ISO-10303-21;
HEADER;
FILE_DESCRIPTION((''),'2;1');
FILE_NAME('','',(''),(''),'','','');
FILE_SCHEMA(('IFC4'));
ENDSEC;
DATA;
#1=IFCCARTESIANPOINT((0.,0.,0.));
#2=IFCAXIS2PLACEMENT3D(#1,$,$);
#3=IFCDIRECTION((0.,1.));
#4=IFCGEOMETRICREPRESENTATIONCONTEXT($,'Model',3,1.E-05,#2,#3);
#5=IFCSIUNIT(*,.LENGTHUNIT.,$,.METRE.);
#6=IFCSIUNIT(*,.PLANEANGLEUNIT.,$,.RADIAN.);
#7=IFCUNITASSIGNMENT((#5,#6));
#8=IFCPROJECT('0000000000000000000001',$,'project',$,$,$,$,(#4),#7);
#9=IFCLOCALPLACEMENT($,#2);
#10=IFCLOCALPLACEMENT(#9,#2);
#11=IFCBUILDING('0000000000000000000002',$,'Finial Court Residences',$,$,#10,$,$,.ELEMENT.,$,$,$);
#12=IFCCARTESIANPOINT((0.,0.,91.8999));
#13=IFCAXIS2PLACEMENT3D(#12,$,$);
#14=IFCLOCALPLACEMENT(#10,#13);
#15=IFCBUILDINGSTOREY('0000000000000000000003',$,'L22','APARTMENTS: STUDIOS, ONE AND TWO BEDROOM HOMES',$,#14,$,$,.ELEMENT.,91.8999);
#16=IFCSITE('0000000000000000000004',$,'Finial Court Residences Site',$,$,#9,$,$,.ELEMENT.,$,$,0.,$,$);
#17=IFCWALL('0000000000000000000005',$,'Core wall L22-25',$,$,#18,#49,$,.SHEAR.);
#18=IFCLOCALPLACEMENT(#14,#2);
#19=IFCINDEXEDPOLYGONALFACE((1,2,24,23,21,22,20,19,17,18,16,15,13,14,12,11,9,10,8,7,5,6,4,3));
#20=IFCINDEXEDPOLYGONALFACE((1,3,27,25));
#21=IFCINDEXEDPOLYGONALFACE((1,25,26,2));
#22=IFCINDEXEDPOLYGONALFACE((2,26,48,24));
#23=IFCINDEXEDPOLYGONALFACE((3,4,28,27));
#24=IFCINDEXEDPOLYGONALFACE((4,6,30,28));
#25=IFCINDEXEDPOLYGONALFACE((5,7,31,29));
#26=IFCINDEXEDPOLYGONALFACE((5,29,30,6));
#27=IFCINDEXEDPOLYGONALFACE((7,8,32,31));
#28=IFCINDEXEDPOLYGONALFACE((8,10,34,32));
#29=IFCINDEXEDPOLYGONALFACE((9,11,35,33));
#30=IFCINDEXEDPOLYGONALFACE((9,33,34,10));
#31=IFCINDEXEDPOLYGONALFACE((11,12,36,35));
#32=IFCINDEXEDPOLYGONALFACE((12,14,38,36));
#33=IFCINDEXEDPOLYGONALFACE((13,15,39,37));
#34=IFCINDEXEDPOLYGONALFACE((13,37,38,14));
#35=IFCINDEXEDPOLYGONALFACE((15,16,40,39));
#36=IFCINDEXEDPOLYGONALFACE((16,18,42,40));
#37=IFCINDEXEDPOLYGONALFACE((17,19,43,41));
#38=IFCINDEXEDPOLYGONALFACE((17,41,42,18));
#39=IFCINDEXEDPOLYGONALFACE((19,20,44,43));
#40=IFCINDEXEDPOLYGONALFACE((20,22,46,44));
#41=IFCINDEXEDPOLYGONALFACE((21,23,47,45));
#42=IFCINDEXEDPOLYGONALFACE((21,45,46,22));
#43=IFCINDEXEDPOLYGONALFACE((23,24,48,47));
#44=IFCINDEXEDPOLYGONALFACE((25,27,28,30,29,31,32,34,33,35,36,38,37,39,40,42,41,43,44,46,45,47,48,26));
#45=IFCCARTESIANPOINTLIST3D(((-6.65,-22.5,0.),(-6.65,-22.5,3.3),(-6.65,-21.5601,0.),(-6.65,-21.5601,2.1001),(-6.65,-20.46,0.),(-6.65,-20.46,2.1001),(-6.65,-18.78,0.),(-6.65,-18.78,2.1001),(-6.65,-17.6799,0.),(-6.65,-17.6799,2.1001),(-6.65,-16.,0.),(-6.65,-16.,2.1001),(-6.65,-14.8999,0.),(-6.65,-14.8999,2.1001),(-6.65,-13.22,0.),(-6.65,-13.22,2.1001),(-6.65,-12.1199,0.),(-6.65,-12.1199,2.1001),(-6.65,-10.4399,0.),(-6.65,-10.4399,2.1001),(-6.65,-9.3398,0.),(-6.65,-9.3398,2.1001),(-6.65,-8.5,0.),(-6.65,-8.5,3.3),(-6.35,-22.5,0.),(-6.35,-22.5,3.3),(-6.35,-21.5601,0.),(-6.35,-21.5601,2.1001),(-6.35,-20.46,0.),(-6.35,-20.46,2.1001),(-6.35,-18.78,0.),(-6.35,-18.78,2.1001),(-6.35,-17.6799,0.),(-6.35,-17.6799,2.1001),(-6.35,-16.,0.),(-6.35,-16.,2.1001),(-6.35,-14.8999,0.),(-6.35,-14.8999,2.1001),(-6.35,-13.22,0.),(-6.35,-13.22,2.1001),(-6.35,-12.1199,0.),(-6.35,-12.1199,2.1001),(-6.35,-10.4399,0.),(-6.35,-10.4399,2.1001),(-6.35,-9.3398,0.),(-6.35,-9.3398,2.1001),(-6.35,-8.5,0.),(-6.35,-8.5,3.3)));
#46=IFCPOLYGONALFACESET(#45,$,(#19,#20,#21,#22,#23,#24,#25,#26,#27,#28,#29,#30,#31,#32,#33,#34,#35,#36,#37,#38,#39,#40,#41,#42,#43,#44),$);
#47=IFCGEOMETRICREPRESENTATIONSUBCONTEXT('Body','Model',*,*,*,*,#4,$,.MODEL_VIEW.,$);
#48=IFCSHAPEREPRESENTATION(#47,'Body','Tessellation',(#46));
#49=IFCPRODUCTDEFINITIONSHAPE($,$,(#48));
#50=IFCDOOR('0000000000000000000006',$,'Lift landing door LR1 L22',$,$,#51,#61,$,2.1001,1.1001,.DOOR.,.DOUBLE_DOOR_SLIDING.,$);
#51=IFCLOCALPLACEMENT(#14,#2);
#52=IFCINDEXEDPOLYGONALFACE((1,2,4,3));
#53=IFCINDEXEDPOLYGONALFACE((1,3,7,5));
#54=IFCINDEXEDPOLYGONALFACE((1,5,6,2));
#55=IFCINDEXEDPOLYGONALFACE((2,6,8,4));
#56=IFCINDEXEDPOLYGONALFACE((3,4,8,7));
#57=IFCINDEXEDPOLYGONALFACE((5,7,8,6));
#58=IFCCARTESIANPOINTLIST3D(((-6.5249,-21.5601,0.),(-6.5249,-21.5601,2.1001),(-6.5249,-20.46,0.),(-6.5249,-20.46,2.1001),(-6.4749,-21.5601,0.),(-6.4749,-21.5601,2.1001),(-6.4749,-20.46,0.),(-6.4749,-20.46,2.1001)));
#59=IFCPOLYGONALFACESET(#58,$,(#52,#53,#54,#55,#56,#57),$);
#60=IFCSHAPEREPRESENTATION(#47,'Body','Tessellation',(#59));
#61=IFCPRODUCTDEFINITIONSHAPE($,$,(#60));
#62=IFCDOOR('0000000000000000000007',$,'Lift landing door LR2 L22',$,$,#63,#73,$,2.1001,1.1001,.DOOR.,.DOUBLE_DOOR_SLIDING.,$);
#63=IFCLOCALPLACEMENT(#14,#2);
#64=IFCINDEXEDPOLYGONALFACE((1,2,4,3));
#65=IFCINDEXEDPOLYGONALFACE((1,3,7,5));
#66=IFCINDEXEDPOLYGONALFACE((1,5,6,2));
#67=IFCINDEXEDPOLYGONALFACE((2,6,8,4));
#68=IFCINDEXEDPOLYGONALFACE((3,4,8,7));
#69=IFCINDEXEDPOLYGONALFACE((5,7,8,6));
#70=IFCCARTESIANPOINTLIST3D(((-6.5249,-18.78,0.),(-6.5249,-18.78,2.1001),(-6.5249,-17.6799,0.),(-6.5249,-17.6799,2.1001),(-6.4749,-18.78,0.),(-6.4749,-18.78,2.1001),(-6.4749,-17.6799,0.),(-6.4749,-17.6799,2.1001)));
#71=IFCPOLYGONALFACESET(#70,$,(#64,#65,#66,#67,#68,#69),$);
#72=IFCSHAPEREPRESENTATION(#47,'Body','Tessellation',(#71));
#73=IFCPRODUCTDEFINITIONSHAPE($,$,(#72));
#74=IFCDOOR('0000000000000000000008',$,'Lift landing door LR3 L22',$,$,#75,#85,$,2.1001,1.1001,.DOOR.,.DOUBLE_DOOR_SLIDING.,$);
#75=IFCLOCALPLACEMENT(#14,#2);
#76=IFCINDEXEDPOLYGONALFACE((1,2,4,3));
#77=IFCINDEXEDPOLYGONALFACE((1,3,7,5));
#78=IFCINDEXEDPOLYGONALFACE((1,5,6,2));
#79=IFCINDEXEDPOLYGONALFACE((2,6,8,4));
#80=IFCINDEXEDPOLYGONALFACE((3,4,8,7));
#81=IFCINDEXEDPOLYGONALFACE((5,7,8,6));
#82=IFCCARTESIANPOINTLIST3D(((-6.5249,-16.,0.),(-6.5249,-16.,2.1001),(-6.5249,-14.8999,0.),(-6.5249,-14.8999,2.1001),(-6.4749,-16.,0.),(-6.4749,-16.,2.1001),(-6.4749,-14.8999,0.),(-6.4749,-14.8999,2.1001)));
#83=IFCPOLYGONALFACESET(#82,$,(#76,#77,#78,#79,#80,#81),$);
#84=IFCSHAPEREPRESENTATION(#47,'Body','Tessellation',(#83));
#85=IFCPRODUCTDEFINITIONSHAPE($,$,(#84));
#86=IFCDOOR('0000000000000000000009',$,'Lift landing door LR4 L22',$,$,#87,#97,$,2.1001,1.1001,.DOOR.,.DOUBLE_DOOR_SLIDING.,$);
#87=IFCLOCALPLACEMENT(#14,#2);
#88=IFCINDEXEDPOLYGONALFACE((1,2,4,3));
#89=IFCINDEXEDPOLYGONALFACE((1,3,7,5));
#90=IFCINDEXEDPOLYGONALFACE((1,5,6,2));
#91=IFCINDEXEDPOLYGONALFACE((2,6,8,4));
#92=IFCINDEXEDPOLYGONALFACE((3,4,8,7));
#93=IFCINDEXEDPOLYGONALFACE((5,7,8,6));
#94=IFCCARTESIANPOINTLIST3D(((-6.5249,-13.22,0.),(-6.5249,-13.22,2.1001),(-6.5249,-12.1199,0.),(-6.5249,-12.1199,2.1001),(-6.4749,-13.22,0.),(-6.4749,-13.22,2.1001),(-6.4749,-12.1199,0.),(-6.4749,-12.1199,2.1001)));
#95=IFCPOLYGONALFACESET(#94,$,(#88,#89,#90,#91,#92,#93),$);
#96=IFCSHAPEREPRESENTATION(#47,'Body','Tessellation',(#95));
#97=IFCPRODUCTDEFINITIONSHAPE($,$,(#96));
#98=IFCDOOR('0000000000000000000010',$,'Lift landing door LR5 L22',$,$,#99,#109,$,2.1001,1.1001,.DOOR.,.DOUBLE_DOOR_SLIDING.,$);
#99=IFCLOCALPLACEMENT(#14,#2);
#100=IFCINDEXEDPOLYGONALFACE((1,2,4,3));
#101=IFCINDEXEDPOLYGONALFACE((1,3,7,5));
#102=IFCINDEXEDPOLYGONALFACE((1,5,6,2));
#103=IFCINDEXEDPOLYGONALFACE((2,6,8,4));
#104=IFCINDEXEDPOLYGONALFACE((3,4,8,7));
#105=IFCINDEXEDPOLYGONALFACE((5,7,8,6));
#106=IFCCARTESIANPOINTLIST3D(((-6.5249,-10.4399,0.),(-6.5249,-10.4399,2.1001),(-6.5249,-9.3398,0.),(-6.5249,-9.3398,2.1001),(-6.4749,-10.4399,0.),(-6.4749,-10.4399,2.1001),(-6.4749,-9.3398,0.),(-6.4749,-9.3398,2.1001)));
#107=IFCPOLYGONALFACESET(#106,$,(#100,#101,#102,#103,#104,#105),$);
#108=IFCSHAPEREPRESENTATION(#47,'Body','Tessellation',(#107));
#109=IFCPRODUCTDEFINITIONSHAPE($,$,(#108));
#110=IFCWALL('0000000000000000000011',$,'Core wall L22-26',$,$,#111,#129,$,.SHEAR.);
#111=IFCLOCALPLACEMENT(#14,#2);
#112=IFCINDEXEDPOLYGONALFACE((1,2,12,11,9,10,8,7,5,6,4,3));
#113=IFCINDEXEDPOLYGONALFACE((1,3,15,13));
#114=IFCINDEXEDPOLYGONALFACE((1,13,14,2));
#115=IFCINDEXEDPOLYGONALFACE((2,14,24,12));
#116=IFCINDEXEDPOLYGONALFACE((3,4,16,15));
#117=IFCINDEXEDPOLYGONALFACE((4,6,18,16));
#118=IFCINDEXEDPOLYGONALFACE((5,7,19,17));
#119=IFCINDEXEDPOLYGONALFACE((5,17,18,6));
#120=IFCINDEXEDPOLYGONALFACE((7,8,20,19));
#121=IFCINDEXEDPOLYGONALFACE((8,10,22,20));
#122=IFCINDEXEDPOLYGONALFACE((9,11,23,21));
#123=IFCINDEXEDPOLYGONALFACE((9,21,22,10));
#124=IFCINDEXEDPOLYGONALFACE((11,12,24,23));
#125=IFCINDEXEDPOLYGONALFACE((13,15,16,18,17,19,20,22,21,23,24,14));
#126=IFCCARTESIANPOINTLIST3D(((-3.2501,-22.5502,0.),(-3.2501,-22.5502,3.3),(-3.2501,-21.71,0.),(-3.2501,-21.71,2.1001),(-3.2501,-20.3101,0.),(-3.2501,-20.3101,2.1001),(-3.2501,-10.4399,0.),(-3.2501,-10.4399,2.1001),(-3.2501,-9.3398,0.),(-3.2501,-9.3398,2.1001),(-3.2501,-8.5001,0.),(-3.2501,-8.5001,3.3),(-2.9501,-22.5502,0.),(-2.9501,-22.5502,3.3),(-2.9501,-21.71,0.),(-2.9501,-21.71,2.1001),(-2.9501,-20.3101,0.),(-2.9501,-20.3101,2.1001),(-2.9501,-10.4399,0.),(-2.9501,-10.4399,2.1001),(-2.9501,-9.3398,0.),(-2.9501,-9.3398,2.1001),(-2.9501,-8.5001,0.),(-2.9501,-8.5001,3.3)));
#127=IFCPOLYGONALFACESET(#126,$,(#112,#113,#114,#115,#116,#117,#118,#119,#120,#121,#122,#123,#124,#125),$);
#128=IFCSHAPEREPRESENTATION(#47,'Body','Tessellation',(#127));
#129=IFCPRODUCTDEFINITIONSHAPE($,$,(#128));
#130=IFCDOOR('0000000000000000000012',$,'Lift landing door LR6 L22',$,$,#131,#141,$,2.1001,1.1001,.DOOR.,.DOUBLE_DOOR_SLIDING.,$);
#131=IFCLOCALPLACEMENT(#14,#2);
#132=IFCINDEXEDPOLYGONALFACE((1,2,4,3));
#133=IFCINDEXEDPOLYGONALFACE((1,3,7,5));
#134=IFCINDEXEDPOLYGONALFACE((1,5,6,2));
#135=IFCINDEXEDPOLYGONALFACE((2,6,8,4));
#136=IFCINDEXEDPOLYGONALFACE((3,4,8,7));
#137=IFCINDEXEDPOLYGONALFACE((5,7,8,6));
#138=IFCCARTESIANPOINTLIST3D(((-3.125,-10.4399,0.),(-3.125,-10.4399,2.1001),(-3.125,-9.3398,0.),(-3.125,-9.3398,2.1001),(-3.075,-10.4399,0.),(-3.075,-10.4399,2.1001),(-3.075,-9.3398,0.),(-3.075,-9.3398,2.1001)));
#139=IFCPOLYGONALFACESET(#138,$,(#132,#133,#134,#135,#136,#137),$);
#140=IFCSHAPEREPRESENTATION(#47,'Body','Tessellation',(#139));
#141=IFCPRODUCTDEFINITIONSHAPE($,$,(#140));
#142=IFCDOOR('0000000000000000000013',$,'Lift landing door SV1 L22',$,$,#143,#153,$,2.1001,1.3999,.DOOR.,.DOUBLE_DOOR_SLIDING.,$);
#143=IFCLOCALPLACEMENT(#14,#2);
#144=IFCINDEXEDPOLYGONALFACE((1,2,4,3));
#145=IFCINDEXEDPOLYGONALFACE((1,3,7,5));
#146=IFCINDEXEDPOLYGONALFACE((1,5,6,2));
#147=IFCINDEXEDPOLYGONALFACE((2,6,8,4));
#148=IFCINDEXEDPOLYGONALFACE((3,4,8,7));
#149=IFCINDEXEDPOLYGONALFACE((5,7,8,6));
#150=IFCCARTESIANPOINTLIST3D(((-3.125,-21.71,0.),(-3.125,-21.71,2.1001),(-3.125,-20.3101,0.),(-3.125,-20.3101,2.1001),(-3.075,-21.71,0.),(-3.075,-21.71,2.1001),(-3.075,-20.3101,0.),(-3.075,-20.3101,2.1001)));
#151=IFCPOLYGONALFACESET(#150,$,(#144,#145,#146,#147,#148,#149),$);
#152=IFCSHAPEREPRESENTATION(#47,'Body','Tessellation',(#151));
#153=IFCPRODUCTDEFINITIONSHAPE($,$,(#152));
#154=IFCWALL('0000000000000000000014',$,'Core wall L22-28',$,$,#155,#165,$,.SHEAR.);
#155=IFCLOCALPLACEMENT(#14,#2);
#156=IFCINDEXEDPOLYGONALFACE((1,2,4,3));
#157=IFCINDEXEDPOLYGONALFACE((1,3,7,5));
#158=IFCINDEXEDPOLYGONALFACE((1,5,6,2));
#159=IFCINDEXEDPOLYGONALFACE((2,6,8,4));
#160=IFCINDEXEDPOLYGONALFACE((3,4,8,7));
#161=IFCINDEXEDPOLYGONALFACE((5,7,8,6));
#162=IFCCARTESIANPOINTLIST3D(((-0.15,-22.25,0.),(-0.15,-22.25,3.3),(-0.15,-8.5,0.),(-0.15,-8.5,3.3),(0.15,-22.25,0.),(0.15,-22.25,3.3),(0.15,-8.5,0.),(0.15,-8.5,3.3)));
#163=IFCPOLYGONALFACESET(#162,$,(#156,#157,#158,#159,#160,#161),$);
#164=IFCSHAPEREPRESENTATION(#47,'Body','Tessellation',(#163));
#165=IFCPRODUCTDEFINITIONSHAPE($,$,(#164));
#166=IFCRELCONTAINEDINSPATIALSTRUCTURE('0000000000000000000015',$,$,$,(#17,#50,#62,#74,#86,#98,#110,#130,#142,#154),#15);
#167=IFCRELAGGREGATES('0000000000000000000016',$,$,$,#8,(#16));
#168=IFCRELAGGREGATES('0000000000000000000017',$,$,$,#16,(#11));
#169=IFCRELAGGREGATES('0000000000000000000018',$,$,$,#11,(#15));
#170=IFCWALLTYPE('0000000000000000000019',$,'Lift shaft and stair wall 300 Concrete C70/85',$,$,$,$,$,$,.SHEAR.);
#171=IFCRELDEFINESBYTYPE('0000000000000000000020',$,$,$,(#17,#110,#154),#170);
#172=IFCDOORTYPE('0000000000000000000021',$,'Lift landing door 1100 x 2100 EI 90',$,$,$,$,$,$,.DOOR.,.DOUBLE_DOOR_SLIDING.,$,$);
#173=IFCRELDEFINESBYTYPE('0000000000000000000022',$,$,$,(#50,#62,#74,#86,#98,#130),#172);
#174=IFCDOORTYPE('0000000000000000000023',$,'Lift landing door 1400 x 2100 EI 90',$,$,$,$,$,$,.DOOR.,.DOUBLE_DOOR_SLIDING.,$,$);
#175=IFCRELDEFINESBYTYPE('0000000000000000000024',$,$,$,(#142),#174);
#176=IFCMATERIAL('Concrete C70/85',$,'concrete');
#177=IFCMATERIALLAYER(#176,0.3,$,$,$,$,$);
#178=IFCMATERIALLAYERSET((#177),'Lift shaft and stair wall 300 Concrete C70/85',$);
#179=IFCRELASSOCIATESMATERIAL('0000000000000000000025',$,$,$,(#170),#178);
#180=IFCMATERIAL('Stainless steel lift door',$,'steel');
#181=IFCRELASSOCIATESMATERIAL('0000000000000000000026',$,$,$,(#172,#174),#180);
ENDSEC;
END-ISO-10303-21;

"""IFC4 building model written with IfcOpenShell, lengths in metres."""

from ifc_helpers import new_model, si_unit, direction, frame, frame_2d, origin, place, context, subcontext, project, spatial, rectangle, extrude, material, layer, layer_set, type_object, element, fill, save


model = new_model("IFC4")

# Units and contexts
model_context = context("Model", 3, precision=1e-05, world=origin(), true_north=direction((0.0, 1.0)))
body_context = subcontext(model_context, "Body", "Model", "MODEL_VIEW")
ifc_project = project(units=[si_unit("LENGTHUNIT", "METRE"), si_unit("PLANEANGLEUNIT", "RADIAN")], contexts=[model_context])

# Site, building, storey
site_placement = place(None, origin())
site = spatial("IfcSite", under=ifc_project, at=site_placement, Name="Finial Court Residences Site", CompositionType="ELEMENT", RefElevation=0.0)
building_placement = place(site_placement, origin())
building = spatial("IfcBuilding", under=site, at=building_placement, Name="Finial Court Residences", CompositionType="ELEMENT")
storey_placement = place(building_placement, frame((0.0, 0.0, 91.8999)))
storey = spatial("IfcBuildingStorey", under=building, at=storey_placement, Name="L22", Description="APARTMENTS: STUDIOS, ONE AND TWO BEDROOM HOMES", CompositionType="ELEMENT", Elevation=91.8999)

# Shared definitions
ifc_material_1 = material(Name="Concrete C70/85", Category="concrete")
ifc_layer_1 = layer(ifc_material_1, 0.3)
ifc_layer_set_1 = layer_set([ifc_layer_1], Name="Lift shaft and stair wall 300 Concrete C70/85")
wall_type_1 = type_object("IfcWallType", Name="Lift shaft and stair wall 300 Concrete C70/85", PredefinedType="SHEAR", material=ifc_layer_set_1)

# Walls, openings, doors
wall_1_placement = place(storey_placement, frame((-6.5, -22.5, 0.0), z_axis=(0.0, 0.0, 1.0), x_axis=(0.0, 1.0, 0.0)))
wall_1 = element("IfcWall", 1, at=wall_1_placement, inside=storey, type_object=wall_type_1, Name="Core wall L22-25", PredefinedType="SHEAR", context=body_context, shape_type="SweptSolid", body=[
    extrude(rectangle(XDim=14.0, YDim=0.3, at=frame_2d((7.0, 0.0))), origin(), (0.0, 0.0, 1.0), 3.3),
])
opening_1_placement = place(wall_1_placement, frame((0.9399, 0.0, 0.0)))
opening_1 = element("IfcOpeningElement", 2, at=opening_1_placement, cuts=wall_1, PredefinedType="OPENING", context=body_context, shape_type="SweptSolid", body=[
    extrude(rectangle(XDim=1.1001, YDim=2.1001, at=frame_2d((0.55, 1.05))), frame((0.0, 0.1599, 0.0), z_axis=(0.0, -1.0, 0.0), x_axis=(1.0, 0.0, 0.0)), (0.0, 0.0, 1.0), 0.3201),
])
opening_2_placement = place(wall_1_placement, frame((3.72, 0.0, 0.0)))
opening_2 = element("IfcOpeningElement", 3, at=opening_2_placement, cuts=wall_1, PredefinedType="OPENING", context=body_context, shape_type="SweptSolid", body=[
    extrude(rectangle(XDim=1.1001, YDim=2.1001, at=frame_2d((0.55, 1.05))), frame((0.0, 0.1599, 0.0), z_axis=(0.0, -1.0, 0.0), x_axis=(1.0, 0.0, 0.0)), (0.0, 0.0, 1.0), 0.3201),
])
opening_3_placement = place(wall_1_placement, frame((6.5, 0.0, 0.0)))
opening_3 = element("IfcOpeningElement", 4, at=opening_3_placement, cuts=wall_1, PredefinedType="OPENING", context=body_context, shape_type="SweptSolid", body=[
    extrude(rectangle(XDim=1.1001, YDim=2.1001, at=frame_2d((0.55, 1.05))), frame((0.0, 0.1599, 0.0), z_axis=(0.0, -1.0, 0.0), x_axis=(1.0, 0.0, 0.0)), (0.0, 0.0, 1.0), 0.3201),
])
opening_4_placement = place(wall_1_placement, frame((9.28, 0.0, 0.0)))
opening_4 = element("IfcOpeningElement", 5, at=opening_4_placement, cuts=wall_1, PredefinedType="OPENING", context=body_context, shape_type="SweptSolid", body=[
    extrude(rectangle(XDim=1.1001, YDim=2.1001, at=frame_2d((0.55, 1.05))), frame((0.0, 0.1599, 0.0), z_axis=(0.0, -1.0, 0.0), x_axis=(1.0, 0.0, 0.0)), (0.0, 0.0, 1.0), 0.3201),
])
opening_5_placement = place(wall_1_placement, frame((12.0601, 0.0, 0.0)))
opening_5 = element("IfcOpeningElement", 6, at=opening_5_placement, cuts=wall_1, PredefinedType="OPENING", context=body_context, shape_type="SweptSolid", body=[
    extrude(rectangle(XDim=1.1001, YDim=2.1001, at=frame_2d((0.55, 1.05))), frame((0.0, 0.1599, 0.0), z_axis=(0.0, -1.0, 0.0), x_axis=(1.0, 0.0, 0.0)), (0.0, 0.0, 1.0), 0.3201),
])
ifc_material_2 = material(Name="Stainless steel lift door", Category="steel")
door_type_1 = type_object("IfcDoorType", Name="Lift landing door 1100 x 2100 EI 90", OperationType="DOUBLE_DOOR_SLIDING", PredefinedType="DOOR", material=ifc_material_2)
door_1_placement = place(opening_1_placement, origin())
door_1 = element("IfcDoor", 7, at=door_1_placement, inside=storey, type_object=door_type_1, Name="Lift landing door LR1 L22", OperationType="DOUBLE_DOOR_SLIDING", OverallHeight=2.1001, OverallWidth=1.1001, PredefinedType="DOOR", context=body_context, shape_type="SweptSolid", body=[
    extrude(rectangle(XDim=1.1001, YDim=2.1001, at=frame_2d((0.55, 1.05))), frame((0.0, 0.0249, 0.0), z_axis=(0.0, -1.0, 0.0), x_axis=(1.0, 0.0, 0.0)), (0.0, 0.0, 1.0), 0.05),
])
fill(opening_1, door_1)
door_2_placement = place(opening_2_placement, origin())
door_2 = element("IfcDoor", 8, at=door_2_placement, inside=storey, type_object=door_type_1, Name="Lift landing door LR2 L22", OperationType="DOUBLE_DOOR_SLIDING", OverallHeight=2.1001, OverallWidth=1.1001, PredefinedType="DOOR", context=body_context, shape_type="SweptSolid", body=[
    extrude(rectangle(XDim=1.1001, YDim=2.1001, at=frame_2d((0.55, 1.05))), frame((0.0, 0.0249, 0.0), z_axis=(0.0, -1.0, 0.0), x_axis=(1.0, 0.0, 0.0)), (0.0, 0.0, 1.0), 0.05),
])
fill(opening_2, door_2)
door_3_placement = place(opening_3_placement, origin())
door_3 = element("IfcDoor", 9, at=door_3_placement, inside=storey, type_object=door_type_1, Name="Lift landing door LR3 L22", OperationType="DOUBLE_DOOR_SLIDING", OverallHeight=2.1001, OverallWidth=1.1001, PredefinedType="DOOR", context=body_context, shape_type="SweptSolid", body=[
    extrude(rectangle(XDim=1.1001, YDim=2.1001, at=frame_2d((0.55, 1.05))), frame((0.0, 0.0249, 0.0), z_axis=(0.0, -1.0, 0.0), x_axis=(1.0, 0.0, 0.0)), (0.0, 0.0, 1.0), 0.05),
])
fill(opening_3, door_3)
door_4_placement = place(opening_4_placement, origin())
door_4 = element("IfcDoor", 10, at=door_4_placement, inside=storey, type_object=door_type_1, Name="Lift landing door LR4 L22", OperationType="DOUBLE_DOOR_SLIDING", OverallHeight=2.1001, OverallWidth=1.1001, PredefinedType="DOOR", context=body_context, shape_type="SweptSolid", body=[
    extrude(rectangle(XDim=1.1001, YDim=2.1001, at=frame_2d((0.55, 1.05))), frame((0.0, 0.0249, 0.0), z_axis=(0.0, -1.0, 0.0), x_axis=(1.0, 0.0, 0.0)), (0.0, 0.0, 1.0), 0.05),
])
fill(opening_4, door_4)
door_5_placement = place(opening_5_placement, origin())
door_5 = element("IfcDoor", 11, at=door_5_placement, inside=storey, type_object=door_type_1, Name="Lift landing door LR5 L22", OperationType="DOUBLE_DOOR_SLIDING", OverallHeight=2.1001, OverallWidth=1.1001, PredefinedType="DOOR", context=body_context, shape_type="SweptSolid", body=[
    extrude(rectangle(XDim=1.1001, YDim=2.1001, at=frame_2d((0.55, 1.05))), frame((0.0, 0.0249, 0.0), z_axis=(0.0, -1.0, 0.0), x_axis=(1.0, 0.0, 0.0)), (0.0, 0.0, 1.0), 0.05),
])
fill(opening_5, door_5)
wall_2_placement = place(storey_placement, frame((-3.1001, -22.55, 0.0), z_axis=(0.0, 0.0, 1.0), x_axis=(0.0, 1.0, 0.0)))
wall_2 = element("IfcWall", 12, at=wall_2_placement, inside=storey, type_object=wall_type_1, Name="Core wall L22-26", PredefinedType="SHEAR", context=body_context, shape_type="SweptSolid", body=[
    extrude(rectangle(XDim=14.05, YDim=0.3, at=frame_2d((7.0249, 0.0))), origin(), (0.0, 0.0, 1.0), 3.3),
])
opening_6_placement = place(wall_2_placement, frame((12.1101, 0.0, 0.0)))
opening_6 = element("IfcOpeningElement", 13, at=opening_6_placement, cuts=wall_2, PredefinedType="OPENING", context=body_context, shape_type="SweptSolid", body=[
    extrude(rectangle(XDim=1.1001, YDim=2.1001, at=frame_2d((0.55, 1.05))), frame((0.0, 0.1599, 0.0), z_axis=(0.0, -1.0, 0.0), x_axis=(1.0, 0.0, 0.0)), (0.0, 0.0, 1.0), 0.3201),
])
opening_7_placement = place(wall_2_placement, frame((0.8401, 0.0, 0.0)))
opening_7 = element("IfcOpeningElement", 14, at=opening_7_placement, cuts=wall_2, PredefinedType="OPENING", context=body_context, shape_type="SweptSolid", body=[
    extrude(rectangle(XDim=1.3999, YDim=2.1001, at=frame_2d((0.7, 1.05))), frame((0.0, 0.1599, 0.0), z_axis=(0.0, -1.0, 0.0), x_axis=(1.0, 0.0, 0.0)), (0.0, 0.0, 1.0), 0.3201),
])
door_6_placement = place(opening_6_placement, origin())
door_6 = element("IfcDoor", 15, at=door_6_placement, inside=storey, type_object=door_type_1, Name="Lift landing door LR6 L22", OperationType="DOUBLE_DOOR_SLIDING", OverallHeight=2.1001, OverallWidth=1.1001, PredefinedType="DOOR", context=body_context, shape_type="SweptSolid", body=[
    extrude(rectangle(XDim=1.1001, YDim=2.1001, at=frame_2d((0.55, 1.05))), frame((0.0, 0.0249, 0.0), z_axis=(0.0, -1.0, 0.0), x_axis=(1.0, 0.0, 0.0)), (0.0, 0.0, 1.0), 0.05),
])
fill(opening_6, door_6)
door_type_2 = type_object("IfcDoorType", Name="Lift landing door 1400 x 2100 EI 90", OperationType="DOUBLE_DOOR_SLIDING", PredefinedType="DOOR", material=ifc_material_2)
door_7_placement = place(opening_7_placement, origin())
door_7 = element("IfcDoor", 16, at=door_7_placement, inside=storey, type_object=door_type_2, Name="Lift landing door SV1 L22", OperationType="DOUBLE_DOOR_SLIDING", OverallHeight=2.1001, OverallWidth=1.3999, PredefinedType="DOOR", context=body_context, shape_type="SweptSolid", body=[
    extrude(rectangle(XDim=1.3999, YDim=2.1001, at=frame_2d((0.7, 1.05))), frame((0.0, 0.0249, 0.0), z_axis=(0.0, -1.0, 0.0), x_axis=(1.0, 0.0, 0.0)), (0.0, 0.0, 1.0), 0.05),
])
fill(opening_7, door_7)

# Wall
wall_3_placement = place(storey_placement, frame((0.0, -22.25, 0.0), z_axis=(0.0, 0.0, 1.0), x_axis=(0.0, 1.0, 0.0)))
element("IfcWall", 17, at=wall_3_placement, inside=storey, type_object=wall_type_1, Name="Core wall L22-28", PredefinedType="SHEAR", context=body_context, shape_type="SweptSolid", body=[
    extrude(rectangle(XDim=13.75, YDim=0.3, at=frame_2d((6.875, 0.0))), origin(), (0.0, 0.0, 1.0), 3.3),
])

save(model, "model.ifc")
